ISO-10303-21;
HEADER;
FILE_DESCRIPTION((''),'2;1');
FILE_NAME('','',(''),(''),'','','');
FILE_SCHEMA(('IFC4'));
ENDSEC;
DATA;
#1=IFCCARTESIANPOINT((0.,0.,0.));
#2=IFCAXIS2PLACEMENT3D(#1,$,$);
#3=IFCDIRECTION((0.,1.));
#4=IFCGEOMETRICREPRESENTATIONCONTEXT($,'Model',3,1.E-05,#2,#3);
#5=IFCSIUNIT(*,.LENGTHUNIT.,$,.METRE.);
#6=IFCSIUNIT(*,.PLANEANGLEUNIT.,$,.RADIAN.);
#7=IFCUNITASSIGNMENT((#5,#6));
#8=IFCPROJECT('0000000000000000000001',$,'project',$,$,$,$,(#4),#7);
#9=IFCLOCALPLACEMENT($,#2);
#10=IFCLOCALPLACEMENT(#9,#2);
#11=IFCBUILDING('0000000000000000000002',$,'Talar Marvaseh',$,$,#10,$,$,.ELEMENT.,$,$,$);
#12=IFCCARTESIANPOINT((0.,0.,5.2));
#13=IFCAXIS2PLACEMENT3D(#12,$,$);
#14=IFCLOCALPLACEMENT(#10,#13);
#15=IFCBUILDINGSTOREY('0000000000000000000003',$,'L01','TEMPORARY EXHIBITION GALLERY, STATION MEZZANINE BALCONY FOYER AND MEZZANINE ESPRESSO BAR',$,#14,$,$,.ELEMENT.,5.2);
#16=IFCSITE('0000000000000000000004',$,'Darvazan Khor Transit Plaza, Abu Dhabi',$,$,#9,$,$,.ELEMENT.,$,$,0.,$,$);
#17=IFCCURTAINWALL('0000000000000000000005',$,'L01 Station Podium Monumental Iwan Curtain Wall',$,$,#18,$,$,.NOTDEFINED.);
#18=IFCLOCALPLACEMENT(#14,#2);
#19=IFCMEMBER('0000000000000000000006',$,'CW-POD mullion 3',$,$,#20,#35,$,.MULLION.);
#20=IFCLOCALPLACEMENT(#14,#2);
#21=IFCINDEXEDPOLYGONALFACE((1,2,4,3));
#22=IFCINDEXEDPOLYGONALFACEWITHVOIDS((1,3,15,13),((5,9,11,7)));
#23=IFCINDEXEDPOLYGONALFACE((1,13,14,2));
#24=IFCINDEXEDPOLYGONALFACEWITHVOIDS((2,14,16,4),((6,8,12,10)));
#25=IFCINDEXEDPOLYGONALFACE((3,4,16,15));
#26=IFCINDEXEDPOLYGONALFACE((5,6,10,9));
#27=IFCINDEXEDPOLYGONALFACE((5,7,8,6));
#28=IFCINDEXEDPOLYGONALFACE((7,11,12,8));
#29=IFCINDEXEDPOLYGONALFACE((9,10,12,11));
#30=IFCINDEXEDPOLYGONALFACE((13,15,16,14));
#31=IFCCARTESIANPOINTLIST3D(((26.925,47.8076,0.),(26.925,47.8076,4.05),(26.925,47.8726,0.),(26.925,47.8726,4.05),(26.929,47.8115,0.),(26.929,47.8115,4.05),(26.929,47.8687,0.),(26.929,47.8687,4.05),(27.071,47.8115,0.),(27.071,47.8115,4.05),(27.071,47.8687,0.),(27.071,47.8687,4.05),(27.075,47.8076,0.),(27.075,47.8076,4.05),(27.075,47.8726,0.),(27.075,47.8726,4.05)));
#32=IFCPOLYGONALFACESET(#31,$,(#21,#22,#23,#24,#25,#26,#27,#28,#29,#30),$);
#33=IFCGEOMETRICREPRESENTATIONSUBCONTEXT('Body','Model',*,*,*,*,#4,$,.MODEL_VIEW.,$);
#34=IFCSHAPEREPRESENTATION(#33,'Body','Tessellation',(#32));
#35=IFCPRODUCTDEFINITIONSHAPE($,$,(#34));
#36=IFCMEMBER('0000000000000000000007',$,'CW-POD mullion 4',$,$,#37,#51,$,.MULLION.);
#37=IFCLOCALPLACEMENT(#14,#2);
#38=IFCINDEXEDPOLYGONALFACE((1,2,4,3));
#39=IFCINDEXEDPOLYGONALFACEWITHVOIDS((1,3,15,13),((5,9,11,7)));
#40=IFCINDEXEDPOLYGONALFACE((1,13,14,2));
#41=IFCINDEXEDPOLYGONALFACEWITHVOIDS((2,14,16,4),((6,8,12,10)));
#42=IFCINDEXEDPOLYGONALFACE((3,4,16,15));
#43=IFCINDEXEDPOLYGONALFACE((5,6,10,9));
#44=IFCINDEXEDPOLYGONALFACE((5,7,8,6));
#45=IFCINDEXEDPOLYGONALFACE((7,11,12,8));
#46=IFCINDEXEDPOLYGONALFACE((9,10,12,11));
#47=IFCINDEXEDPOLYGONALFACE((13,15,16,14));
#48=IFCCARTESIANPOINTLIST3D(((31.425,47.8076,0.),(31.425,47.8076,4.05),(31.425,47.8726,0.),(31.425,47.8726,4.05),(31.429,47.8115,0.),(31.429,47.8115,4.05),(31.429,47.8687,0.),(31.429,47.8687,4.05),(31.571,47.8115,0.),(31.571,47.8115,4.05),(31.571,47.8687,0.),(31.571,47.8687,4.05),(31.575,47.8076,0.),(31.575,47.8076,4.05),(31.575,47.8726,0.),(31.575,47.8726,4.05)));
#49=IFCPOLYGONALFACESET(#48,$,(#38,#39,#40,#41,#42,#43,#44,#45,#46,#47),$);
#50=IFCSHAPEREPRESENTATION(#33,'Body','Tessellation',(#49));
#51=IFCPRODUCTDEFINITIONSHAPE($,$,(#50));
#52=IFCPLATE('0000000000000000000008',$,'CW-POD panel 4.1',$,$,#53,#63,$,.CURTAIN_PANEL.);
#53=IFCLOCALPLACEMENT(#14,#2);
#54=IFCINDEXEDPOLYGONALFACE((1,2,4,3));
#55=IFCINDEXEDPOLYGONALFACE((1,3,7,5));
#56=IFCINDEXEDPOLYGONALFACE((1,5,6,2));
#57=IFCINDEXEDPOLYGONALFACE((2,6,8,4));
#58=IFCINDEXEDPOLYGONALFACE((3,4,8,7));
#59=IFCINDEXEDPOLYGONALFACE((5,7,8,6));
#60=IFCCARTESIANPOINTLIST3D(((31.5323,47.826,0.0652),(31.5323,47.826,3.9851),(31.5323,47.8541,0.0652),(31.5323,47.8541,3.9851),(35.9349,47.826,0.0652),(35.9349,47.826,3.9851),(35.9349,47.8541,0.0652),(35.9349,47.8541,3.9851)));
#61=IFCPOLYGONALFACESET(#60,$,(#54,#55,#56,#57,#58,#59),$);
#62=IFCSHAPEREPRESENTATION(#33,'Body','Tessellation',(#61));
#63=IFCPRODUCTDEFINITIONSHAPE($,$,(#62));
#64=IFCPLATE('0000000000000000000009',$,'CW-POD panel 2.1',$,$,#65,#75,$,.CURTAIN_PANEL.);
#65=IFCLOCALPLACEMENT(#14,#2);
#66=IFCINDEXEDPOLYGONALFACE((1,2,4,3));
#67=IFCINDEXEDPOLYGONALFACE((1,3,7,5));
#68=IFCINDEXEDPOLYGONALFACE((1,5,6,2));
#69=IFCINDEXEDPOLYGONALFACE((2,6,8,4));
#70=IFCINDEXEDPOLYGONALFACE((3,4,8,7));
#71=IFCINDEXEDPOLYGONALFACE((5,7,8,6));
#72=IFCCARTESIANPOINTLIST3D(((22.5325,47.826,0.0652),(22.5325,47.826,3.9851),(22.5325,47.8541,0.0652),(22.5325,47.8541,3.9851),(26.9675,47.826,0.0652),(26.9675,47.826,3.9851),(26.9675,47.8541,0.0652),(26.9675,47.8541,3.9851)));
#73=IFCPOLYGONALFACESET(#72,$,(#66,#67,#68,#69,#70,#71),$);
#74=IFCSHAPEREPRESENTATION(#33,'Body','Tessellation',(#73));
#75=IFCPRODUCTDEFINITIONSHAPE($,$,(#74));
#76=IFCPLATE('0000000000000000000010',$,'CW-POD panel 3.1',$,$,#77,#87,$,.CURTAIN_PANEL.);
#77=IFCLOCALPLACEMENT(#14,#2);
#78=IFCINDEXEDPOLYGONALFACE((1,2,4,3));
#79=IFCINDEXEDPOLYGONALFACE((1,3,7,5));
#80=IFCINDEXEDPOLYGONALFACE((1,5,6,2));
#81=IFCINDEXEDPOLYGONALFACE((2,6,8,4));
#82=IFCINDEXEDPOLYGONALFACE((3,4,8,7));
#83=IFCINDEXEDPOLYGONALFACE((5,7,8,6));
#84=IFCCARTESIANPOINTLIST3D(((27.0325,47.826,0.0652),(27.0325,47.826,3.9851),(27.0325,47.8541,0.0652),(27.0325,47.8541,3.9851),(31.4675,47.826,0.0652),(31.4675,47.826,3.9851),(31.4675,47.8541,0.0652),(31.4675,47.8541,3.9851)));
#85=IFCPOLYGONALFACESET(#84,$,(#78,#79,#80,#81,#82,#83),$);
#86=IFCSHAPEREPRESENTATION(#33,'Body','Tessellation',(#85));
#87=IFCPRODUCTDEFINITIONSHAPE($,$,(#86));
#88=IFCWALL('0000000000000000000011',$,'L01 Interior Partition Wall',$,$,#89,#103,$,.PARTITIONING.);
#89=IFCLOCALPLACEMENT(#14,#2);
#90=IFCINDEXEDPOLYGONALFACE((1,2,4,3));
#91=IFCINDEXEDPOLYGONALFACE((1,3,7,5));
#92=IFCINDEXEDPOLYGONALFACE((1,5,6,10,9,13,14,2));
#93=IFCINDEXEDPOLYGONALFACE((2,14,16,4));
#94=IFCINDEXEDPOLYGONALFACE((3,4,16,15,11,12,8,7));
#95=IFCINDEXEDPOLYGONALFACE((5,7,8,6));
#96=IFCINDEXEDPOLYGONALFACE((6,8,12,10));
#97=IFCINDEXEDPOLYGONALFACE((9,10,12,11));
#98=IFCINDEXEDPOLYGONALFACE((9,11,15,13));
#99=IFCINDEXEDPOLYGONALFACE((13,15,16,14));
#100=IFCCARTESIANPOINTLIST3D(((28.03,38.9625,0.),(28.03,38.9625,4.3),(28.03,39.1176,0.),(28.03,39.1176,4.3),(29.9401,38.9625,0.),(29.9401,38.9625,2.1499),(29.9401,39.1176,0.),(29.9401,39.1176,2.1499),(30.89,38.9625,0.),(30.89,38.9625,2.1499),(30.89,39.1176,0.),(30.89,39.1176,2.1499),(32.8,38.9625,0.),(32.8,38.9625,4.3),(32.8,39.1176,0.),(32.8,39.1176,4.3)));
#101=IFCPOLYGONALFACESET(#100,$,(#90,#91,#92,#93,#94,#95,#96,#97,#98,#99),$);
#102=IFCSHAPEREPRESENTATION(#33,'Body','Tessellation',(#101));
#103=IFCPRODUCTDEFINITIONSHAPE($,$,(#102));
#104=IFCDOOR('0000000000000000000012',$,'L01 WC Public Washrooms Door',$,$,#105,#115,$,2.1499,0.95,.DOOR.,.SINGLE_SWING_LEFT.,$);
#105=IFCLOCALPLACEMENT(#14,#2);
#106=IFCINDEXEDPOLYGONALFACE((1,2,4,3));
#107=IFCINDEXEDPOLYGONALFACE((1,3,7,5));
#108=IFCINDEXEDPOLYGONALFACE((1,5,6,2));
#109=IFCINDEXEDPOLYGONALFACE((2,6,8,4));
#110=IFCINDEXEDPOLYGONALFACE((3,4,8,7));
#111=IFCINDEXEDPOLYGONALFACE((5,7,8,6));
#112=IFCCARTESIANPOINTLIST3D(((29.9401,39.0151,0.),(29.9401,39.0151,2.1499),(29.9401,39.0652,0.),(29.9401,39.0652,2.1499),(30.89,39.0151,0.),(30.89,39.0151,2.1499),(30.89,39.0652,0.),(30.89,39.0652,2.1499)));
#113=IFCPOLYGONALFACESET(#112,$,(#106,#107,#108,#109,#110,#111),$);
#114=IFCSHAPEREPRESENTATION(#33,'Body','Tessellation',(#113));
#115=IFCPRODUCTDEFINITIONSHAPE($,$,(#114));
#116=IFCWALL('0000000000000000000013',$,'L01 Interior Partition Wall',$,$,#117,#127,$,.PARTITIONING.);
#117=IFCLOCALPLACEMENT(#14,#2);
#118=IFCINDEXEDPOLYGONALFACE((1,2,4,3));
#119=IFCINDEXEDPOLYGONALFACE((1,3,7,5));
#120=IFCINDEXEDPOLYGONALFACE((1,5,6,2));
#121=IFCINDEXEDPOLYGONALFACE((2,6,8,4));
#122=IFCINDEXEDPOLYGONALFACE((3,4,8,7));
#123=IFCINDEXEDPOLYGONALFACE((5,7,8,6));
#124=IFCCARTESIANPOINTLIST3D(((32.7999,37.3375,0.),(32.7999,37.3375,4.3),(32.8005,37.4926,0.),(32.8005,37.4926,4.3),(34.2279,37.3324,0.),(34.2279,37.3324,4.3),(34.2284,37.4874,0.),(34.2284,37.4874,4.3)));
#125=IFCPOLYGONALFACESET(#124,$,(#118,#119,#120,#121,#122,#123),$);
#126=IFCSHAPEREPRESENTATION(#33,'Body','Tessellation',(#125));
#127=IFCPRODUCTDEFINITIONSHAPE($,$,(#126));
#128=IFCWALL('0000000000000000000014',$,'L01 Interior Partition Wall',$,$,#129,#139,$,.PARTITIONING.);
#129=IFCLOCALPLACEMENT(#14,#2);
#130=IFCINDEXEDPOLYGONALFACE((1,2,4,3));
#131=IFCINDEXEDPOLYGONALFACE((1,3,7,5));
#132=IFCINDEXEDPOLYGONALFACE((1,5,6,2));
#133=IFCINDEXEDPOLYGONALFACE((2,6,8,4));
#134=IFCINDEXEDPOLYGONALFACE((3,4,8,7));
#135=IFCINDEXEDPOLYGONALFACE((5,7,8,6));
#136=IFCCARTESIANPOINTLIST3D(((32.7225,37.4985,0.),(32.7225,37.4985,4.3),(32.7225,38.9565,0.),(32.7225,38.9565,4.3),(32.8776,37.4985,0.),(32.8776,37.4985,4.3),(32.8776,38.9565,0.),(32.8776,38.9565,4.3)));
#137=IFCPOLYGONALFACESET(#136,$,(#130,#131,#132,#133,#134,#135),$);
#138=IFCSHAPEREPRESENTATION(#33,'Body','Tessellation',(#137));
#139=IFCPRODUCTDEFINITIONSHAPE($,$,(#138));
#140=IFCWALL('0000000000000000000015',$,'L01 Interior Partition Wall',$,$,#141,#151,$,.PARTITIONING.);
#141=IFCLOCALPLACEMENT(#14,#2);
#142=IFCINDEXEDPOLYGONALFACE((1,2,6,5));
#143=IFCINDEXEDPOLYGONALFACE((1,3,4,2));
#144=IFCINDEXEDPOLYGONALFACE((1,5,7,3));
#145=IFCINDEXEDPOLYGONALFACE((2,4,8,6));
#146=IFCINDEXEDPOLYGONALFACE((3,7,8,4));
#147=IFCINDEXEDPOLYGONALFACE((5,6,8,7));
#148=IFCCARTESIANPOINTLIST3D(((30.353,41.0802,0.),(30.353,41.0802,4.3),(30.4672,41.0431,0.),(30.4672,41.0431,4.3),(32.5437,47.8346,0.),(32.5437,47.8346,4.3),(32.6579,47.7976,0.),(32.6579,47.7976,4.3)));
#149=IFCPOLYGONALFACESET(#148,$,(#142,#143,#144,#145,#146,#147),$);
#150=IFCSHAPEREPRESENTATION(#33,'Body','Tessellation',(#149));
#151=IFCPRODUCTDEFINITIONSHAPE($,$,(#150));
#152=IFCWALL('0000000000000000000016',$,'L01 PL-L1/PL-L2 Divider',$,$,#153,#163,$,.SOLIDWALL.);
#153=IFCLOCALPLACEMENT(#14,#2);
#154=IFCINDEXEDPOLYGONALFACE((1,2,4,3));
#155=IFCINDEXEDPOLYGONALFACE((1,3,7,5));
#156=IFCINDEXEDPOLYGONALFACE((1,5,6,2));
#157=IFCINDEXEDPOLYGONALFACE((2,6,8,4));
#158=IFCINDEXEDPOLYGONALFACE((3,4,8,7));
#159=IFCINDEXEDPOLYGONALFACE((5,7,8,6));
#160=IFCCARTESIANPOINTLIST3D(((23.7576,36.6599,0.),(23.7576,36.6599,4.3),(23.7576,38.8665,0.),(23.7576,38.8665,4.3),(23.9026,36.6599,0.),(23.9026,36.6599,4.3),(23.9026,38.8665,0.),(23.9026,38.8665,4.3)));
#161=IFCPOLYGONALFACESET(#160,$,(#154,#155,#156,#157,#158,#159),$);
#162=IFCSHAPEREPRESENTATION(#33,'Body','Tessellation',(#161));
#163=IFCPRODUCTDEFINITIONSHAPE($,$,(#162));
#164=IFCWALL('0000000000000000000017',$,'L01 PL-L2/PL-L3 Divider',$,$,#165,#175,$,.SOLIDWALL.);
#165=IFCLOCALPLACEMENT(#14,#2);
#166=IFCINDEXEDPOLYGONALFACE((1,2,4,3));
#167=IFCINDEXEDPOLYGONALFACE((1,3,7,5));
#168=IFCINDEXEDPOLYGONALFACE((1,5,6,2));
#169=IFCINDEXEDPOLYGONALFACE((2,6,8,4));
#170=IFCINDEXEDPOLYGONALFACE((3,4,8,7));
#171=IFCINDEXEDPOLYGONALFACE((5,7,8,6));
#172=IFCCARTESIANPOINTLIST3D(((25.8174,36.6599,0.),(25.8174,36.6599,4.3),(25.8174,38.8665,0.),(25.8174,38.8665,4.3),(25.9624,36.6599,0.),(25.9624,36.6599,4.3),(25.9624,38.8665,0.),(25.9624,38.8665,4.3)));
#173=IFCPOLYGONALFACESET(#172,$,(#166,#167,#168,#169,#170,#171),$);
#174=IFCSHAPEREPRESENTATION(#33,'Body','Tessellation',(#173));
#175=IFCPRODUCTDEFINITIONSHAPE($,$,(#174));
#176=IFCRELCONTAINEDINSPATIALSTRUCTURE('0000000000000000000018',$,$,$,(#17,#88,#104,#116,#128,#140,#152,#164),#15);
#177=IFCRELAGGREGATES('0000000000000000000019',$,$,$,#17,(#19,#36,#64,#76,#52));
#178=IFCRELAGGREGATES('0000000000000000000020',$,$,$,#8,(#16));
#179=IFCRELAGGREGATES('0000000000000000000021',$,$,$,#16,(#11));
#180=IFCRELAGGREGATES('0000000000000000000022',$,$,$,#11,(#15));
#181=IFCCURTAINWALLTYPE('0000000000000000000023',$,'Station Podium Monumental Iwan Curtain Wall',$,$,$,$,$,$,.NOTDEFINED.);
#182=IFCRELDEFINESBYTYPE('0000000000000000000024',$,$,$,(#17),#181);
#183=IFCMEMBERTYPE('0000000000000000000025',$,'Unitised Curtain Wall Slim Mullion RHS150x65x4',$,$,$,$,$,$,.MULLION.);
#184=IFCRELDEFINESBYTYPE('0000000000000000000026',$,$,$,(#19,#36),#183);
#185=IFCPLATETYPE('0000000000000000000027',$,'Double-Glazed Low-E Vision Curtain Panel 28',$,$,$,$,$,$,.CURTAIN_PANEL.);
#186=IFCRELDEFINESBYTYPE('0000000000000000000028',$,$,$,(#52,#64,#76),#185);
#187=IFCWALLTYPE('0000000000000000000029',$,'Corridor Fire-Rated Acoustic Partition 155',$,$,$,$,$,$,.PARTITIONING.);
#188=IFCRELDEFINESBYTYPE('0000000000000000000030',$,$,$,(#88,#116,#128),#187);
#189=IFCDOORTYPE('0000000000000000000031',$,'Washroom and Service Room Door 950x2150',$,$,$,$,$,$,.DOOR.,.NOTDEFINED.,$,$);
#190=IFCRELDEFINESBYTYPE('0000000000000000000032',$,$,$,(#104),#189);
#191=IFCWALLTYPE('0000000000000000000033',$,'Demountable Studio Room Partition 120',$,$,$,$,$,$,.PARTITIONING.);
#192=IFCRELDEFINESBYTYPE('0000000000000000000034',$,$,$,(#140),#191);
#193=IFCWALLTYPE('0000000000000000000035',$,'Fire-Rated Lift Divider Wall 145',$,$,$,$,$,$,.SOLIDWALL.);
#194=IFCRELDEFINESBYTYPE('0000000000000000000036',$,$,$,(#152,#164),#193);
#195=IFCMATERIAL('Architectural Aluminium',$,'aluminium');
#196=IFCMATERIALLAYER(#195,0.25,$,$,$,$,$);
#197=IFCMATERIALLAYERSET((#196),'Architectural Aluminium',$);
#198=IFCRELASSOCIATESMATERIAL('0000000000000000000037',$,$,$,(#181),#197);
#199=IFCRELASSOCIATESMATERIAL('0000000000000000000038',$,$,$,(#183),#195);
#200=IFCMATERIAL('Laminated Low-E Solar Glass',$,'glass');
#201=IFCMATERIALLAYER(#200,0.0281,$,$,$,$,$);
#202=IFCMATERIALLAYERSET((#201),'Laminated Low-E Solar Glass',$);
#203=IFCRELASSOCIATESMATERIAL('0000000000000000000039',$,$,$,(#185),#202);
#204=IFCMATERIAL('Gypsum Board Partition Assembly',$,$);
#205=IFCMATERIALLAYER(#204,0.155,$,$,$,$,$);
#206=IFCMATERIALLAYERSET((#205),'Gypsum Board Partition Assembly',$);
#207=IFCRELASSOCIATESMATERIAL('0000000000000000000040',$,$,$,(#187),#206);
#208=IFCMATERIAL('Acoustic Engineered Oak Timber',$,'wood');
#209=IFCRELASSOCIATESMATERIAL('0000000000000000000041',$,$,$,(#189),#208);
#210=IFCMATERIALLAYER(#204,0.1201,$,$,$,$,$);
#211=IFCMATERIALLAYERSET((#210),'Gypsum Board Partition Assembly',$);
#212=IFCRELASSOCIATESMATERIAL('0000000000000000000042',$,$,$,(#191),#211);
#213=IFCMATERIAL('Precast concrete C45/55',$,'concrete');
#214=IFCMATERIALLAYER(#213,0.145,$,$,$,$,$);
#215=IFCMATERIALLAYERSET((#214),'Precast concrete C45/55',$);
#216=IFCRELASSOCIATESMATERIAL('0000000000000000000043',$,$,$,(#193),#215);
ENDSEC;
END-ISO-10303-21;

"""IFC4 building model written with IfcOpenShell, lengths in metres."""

from ifc_helpers import new_model, si_unit, direction, frame, frame_2d, origin, origin_2d, place, context, subcontext, project, spatial, rectangle, hollow_rectangle, extrude, source, transform, mapped, material, layer, layer_set, material_profile, profile_set, type_object, type_shapes, element, fill, aggregate, save


model = new_model("IFC4")

# Units and contexts
model_context = context("Model", 3, precision=1e-05, world=origin(), true_north=direction((0.0, 1.0)))
body_context = subcontext(model_context, "Body", "Model", "MODEL_VIEW")
ifc_project = project(units=[si_unit("LENGTHUNIT", "METRE"), si_unit("PLANEANGLEUNIT", "RADIAN")], contexts=[model_context])

# Site, building, storey
site_placement = place(None, origin())
site = spatial("IfcSite", under=ifc_project, at=site_placement, Name="Darvazan Khor Transit Plaza, Abu Dhabi", CompositionType="ELEMENT", RefElevation=0.0)
building_placement = place(site_placement, origin())
building = spatial("IfcBuilding", under=site, at=building_placement, Name="Talar Marvaseh", CompositionType="ELEMENT")
storey_placement = place(building_placement, frame((0.0, 0.0, 5.2)))
storey = spatial("IfcBuildingStorey", under=building, at=storey_placement, Name="L01", Description="TEMPORARY EXHIBITION GALLERY, STATION MEZZANINE BALCONY FOYER AND MEZZANINE ESPRESSO BAR", CompositionType="ELEMENT", Elevation=5.2)

# Curtain wall, members, plates
ifc_material_1 = material(Name="Architectural Aluminium", Category="aluminium")
ifc_layer_1 = layer(ifc_material_1, 0.25)
ifc_layer_set_1 = layer_set([ifc_layer_1], Name="Architectural Aluminium")
curtain_wall_type = type_object("IfcCurtainWallType", Name="Station Podium Monumental Iwan Curtain Wall", PredefinedType="NOTDEFINED", material=ifc_layer_set_1)
curtain_wall_placement = place(storey_placement, origin())
curtain_wall = element("IfcCurtainWall", 1, at=curtain_wall_placement, inside=storey, type_object=curtain_wall_type, Name="L01 Station Podium Monumental Iwan Curtain Wall", PredefinedType="NOTDEFINED")
ifc_material_profile_1 = material_profile(ifc_material_1, hollow_rectangle(XDim=0.0649, YDim=0.1499, WallThickness=0.0039, at=origin_2d()), Name="RHS150x65x4")
ifc_profile_set_1 = profile_set([ifc_material_profile_1], Name="Architectural Aluminium")
member_type_1 = type_object("IfcMemberType", Name="Unitised Curtain Wall Slim Mullion RHS150x65x4", PredefinedType="MULLION", material=ifc_profile_set_1)
shared_shape_1 = source(origin(), body_context, "Body", "SweptSolid", [
    extrude(hollow_rectangle(XDim=0.0649, YDim=0.1499, WallThickness=0.0039, at=origin_2d()), origin(), (0.0, 0.0, 1.0), 4.05),
])
type_shapes(member_type_1, [shared_shape_1])
member_1_placement = place(storey_placement, frame((27.0, 47.8401, 0.0), z_axis=(0.0, 0.0, 1.0), x_axis=(0.0, 1.0, 0.0)))
member_1 = element("IfcMember", 2, at=member_1_placement, type_object=member_type_1, Name="CW-POD mullion 3", PredefinedType="MULLION", context=body_context, shape_type="MappedRepresentation", body=[
    mapped(shared_shape_1, transform((0.0, 0.0, 0.0), x_axis=(1.0, 0.0, 0.0), y_axis=(0.0, 1.0, 0.0), z_axis=(0.0, 0.0, 1.0), scale=1.0)),
])
member_2_placement = place(storey_placement, frame((31.5, 47.8401, 0.0), z_axis=(0.0, 0.0, 1.0), x_axis=(0.0, 1.0, 0.0)))
member_2 = element("IfcMember", 3, at=member_2_placement, type_object=member_type_1, Name="CW-POD mullion 4", PredefinedType="MULLION", context=body_context, shape_type="MappedRepresentation", body=[
    mapped(shared_shape_1, transform((0.0, 0.0, 0.0), x_axis=(1.0, 0.0, 0.0), y_axis=(0.0, 1.0, 0.0), z_axis=(0.0, 0.0, 1.0), scale=1.0)),
])
ifc_material_2 = material(Name="Laminated Low-E Solar Glass", Category="glass")
ifc_layer_2 = layer(ifc_material_2, 0.0281)
ifc_layer_set_2 = layer_set([ifc_layer_2], Name="Laminated Low-E Solar Glass")
plate_type = type_object("IfcPlateType", Name="Double-Glazed Low-E Vision Curtain Panel 28", PredefinedType="CURTAIN_PANEL", material=ifc_layer_set_2)
shared_shape_2 = source(origin(), body_context, "Body", "SweptSolid", [
    extrude(rectangle(XDim=4.4026, YDim=0.0281, at=origin_2d()), origin(), (0.0, 0.0, 1.0), 3.9199),
])
plate_1_placement = place(storey_placement, frame((33.7336, 47.8401, 0.0652), z_axis=(0.0, 0.0, 1.0), x_axis=(1.0, 0.0, 0.0)))
plate_1 = element("IfcPlate", 4, at=plate_1_placement, type_object=plate_type, Name="CW-POD panel 4.1", PredefinedType="CURTAIN_PANEL", context=body_context, shape_type="MappedRepresentation", body=[
    mapped(shared_shape_2, transform((0.0, 0.0, 0.0), x_axis=(1.0, 0.0, 0.0), y_axis=(0.0, 1.0, 0.0), z_axis=(0.0, 0.0, 1.0), scale=1.0)),
])
shared_shape_3 = source(origin(), body_context, "Body", "SweptSolid", [
    extrude(rectangle(XDim=4.4351, YDim=0.0281, at=origin_2d()), origin(), (0.0, 0.0, 1.0), 3.9199),
])
type_shapes(plate_type, [shared_shape_2, shared_shape_3])
plate_2_placement = place(storey_placement, frame((24.75, 47.8401, 0.0652), z_axis=(0.0, 0.0, 1.0), x_axis=(1.0, 0.0, 0.0)))
plate_2 = element("IfcPlate", 5, at=plate_2_placement, type_object=plate_type, Name="CW-POD panel 2.1", PredefinedType="CURTAIN_PANEL", context=body_context, shape_type="MappedRepresentation", body=[
    mapped(shared_shape_3, transform((0.0, 0.0, 0.0), x_axis=(1.0, 0.0, 0.0), y_axis=(0.0, 1.0, 0.0), z_axis=(0.0, 0.0, 1.0), scale=1.0)),
])
plate_3_placement = place(storey_placement, frame((29.25, 47.8401, 0.0652), z_axis=(0.0, 0.0, 1.0), x_axis=(1.0, 0.0, 0.0)))
plate_3 = element("IfcPlate", 6, at=plate_3_placement, type_object=plate_type, Name="CW-POD panel 3.1", PredefinedType="CURTAIN_PANEL", context=body_context, shape_type="MappedRepresentation", body=[
    mapped(shared_shape_3, transform((0.0, 0.0, 0.0), x_axis=(1.0, 0.0, 0.0), y_axis=(0.0, 1.0, 0.0), z_axis=(0.0, 0.0, 1.0), scale=1.0)),
])
aggregate(curtain_wall, [member_1, member_2, plate_2, plate_3, plate_1])

# Wall, opening, door
ifc_material_3 = material(Name="Gypsum Board Partition Assembly")
ifc_layer_3 = layer(ifc_material_3, 0.155)
ifc_layer_set_3 = layer_set([ifc_layer_3], Name="Gypsum Board Partition Assembly")
wall_type_1 = type_object("IfcWallType", Name="Corridor Fire-Rated Acoustic Partition 155", PredefinedType="PARTITIONING", material=ifc_layer_set_3)
wall_1_placement = place(storey_placement, frame((32.8, 39.04, 0.0), z_axis=(0.0, 0.0, 1.0), x_axis=(-1.0, 0.0, 0.0)))
wall_1 = element("IfcWall", 7, at=wall_1_placement, inside=storey, type_object=wall_type_1, Name="L01 Interior Partition Wall", PredefinedType="PARTITIONING", context=body_context, shape_type="SweptSolid", body=[
    extrude(rectangle(XDim=4.77, YDim=0.155, at=frame_2d((2.385, 0.0))), origin(), (0.0, 0.0, 1.0), 4.3),
])
opening_1_placement = place(wall_1_placement, frame((1.9099, 0.0, 0.0)))
opening_1 = element("IfcOpeningElement", 8, at=opening_1_placement, cuts=wall_1, PredefinedType="OPENING", context=body_context, shape_type="SweptSolid", body=[
    extrude(rectangle(XDim=0.95, YDim=2.1499, at=frame_2d((0.4751, 1.075))), frame((0.0, 0.0874, 0.0), z_axis=(0.0, -1.0, 0.0), x_axis=(1.0, 0.0, 0.0)), (0.0, 0.0, 1.0), 0.175),
])
ifc_material_4 = material(Name="Acoustic Engineered Oak Timber", Category="wood")
door_type_1 = type_object("IfcDoorType", Name="Washroom and Service Room Door 950x2150", OperationType="NOTDEFINED", PredefinedType="DOOR", material=ifc_material_4)
shared_shape_4 = source(origin(), body_context, "Body", "SweptSolid", [
    extrude(rectangle(XDim=0.95, YDim=2.1499, at=frame_2d((0.4751, 1.075))), frame((0.0, 0.0249, 0.0), z_axis=(0.0, -1.0, 0.0), x_axis=(1.0, 0.0, 0.0)), (0.0, 0.0, 1.0), 0.05),
])
type_shapes(door_type_1, [shared_shape_4])
door_1_placement = place(opening_1_placement, origin())
door_1 = element("IfcDoor", 9, at=door_1_placement, inside=storey, type_object=door_type_1, Name="L01 WC Public Washrooms Door", OperationType="SINGLE_SWING_LEFT", OverallHeight=2.1499, OverallWidth=0.95, PredefinedType="DOOR", context=body_context, shape_type="MappedRepresentation", body=[
    mapped(shared_shape_4, transform((0.0, 0.0, 0.0), x_axis=(1.0, 0.0, 0.0), y_axis=(0.0, 1.0, 0.0), z_axis=(0.0, 0.0, 1.0), scale=1.0)),
])
fill(opening_1, door_1)

# Walls
wall_2_placement = place(storey_placement, frame((34.228, 37.4099, 0.0), z_axis=(0.0, 0.0, 1.0), x_axis=(-0.999994, 0.00359, 0.0)))
element("IfcWall", 10, at=wall_2_placement, inside=storey, type_object=wall_type_1, Name="L01 Interior Partition Wall", PredefinedType="PARTITIONING", context=body_context, shape_type="SweptSolid", body=[
    extrude(rectangle(XDim=1.428, YDim=0.155, at=frame_2d((0.7139, 0.0))), origin(), (0.0, 0.0, 1.0), 4.3),
])
wall_3_placement = place(storey_placement, frame((32.8, 37.4985, 0.0), z_axis=(0.0, 0.0, 1.0), x_axis=(0.0, 1.0, 0.0)))
element("IfcWall", 11, at=wall_3_placement, inside=storey, type_object=wall_type_1, Name="L01 Interior Partition Wall", PredefinedType="PARTITIONING", context=body_context, shape_type="SweptSolid", body=[
    extrude(rectangle(XDim=1.458, YDim=0.155, at=frame_2d((0.729, 0.0))), origin(), (0.0, 0.0, 1.0), 4.3),
])
ifc_layer_4 = layer(ifc_material_3, 0.1201)
ifc_layer_set_4 = layer_set([ifc_layer_4], Name="Gypsum Board Partition Assembly")
wall_type_2 = type_object("IfcWallType", Name="Demountable Studio Room Partition 120", PredefinedType="PARTITIONING", material=ifc_layer_set_4)
wall_4_placement = place(storey_placement, frame((30.4102, 41.0618, 0.0), z_axis=(0.0, 0.0, 1.0), x_axis=(0.308512, 0.95122, 0.0)))
element("IfcWall", 12, at=wall_4_placement, inside=storey, type_object=wall_type_2, Name="L01 Interior Partition Wall", PredefinedType="PARTITIONING", context=body_context, shape_type="SweptSolid", body=[
    extrude(rectangle(XDim=7.1008, YDim=0.1201, at=frame_2d((3.5503, 0.0))), origin(), (0.0, 0.0, 1.0), 4.3),
])
ifc_material_5 = material(Name="Precast concrete C45/55", Category="concrete")
ifc_layer_5 = layer(ifc_material_5, 0.145)
ifc_layer_set_5 = layer_set([ifc_layer_5], Name="Precast concrete C45/55")
wall_type_3 = type_object("IfcWallType", Name="Fire-Rated Lift Divider Wall 145", PredefinedType="SOLIDWALL", material=ifc_layer_set_5)
for number, where, z_axis, x_axis, name in (
    (13, (23.8301, 36.6599, 0.0), (0.0, 0.0, 1.0), (0.0, 1.0, 0.0), "L01 PL-L1/PL-L2 Divider"),
    (14, (25.8899, 36.6599, 0.0), (0.0, 0.0, 1.0), (0.0, 1.0, 0.0), "L01 PL-L2/PL-L3 Divider"),
):
    element("IfcWall", number, at=place(storey_placement, frame(where, z_axis=z_axis, x_axis=x_axis)), inside=storey, type_object=wall_type_3, Name=name, PredefinedType="SOLIDWALL", context=body_context, shape_type="SweptSolid", body=[
        extrude(rectangle(XDim=2.2065, YDim=0.145, at=frame_2d((1.1033, 0.0))), origin(), (0.0, 0.0, 1.0), 4.3),
    ])

save(model, "model.ifc")
